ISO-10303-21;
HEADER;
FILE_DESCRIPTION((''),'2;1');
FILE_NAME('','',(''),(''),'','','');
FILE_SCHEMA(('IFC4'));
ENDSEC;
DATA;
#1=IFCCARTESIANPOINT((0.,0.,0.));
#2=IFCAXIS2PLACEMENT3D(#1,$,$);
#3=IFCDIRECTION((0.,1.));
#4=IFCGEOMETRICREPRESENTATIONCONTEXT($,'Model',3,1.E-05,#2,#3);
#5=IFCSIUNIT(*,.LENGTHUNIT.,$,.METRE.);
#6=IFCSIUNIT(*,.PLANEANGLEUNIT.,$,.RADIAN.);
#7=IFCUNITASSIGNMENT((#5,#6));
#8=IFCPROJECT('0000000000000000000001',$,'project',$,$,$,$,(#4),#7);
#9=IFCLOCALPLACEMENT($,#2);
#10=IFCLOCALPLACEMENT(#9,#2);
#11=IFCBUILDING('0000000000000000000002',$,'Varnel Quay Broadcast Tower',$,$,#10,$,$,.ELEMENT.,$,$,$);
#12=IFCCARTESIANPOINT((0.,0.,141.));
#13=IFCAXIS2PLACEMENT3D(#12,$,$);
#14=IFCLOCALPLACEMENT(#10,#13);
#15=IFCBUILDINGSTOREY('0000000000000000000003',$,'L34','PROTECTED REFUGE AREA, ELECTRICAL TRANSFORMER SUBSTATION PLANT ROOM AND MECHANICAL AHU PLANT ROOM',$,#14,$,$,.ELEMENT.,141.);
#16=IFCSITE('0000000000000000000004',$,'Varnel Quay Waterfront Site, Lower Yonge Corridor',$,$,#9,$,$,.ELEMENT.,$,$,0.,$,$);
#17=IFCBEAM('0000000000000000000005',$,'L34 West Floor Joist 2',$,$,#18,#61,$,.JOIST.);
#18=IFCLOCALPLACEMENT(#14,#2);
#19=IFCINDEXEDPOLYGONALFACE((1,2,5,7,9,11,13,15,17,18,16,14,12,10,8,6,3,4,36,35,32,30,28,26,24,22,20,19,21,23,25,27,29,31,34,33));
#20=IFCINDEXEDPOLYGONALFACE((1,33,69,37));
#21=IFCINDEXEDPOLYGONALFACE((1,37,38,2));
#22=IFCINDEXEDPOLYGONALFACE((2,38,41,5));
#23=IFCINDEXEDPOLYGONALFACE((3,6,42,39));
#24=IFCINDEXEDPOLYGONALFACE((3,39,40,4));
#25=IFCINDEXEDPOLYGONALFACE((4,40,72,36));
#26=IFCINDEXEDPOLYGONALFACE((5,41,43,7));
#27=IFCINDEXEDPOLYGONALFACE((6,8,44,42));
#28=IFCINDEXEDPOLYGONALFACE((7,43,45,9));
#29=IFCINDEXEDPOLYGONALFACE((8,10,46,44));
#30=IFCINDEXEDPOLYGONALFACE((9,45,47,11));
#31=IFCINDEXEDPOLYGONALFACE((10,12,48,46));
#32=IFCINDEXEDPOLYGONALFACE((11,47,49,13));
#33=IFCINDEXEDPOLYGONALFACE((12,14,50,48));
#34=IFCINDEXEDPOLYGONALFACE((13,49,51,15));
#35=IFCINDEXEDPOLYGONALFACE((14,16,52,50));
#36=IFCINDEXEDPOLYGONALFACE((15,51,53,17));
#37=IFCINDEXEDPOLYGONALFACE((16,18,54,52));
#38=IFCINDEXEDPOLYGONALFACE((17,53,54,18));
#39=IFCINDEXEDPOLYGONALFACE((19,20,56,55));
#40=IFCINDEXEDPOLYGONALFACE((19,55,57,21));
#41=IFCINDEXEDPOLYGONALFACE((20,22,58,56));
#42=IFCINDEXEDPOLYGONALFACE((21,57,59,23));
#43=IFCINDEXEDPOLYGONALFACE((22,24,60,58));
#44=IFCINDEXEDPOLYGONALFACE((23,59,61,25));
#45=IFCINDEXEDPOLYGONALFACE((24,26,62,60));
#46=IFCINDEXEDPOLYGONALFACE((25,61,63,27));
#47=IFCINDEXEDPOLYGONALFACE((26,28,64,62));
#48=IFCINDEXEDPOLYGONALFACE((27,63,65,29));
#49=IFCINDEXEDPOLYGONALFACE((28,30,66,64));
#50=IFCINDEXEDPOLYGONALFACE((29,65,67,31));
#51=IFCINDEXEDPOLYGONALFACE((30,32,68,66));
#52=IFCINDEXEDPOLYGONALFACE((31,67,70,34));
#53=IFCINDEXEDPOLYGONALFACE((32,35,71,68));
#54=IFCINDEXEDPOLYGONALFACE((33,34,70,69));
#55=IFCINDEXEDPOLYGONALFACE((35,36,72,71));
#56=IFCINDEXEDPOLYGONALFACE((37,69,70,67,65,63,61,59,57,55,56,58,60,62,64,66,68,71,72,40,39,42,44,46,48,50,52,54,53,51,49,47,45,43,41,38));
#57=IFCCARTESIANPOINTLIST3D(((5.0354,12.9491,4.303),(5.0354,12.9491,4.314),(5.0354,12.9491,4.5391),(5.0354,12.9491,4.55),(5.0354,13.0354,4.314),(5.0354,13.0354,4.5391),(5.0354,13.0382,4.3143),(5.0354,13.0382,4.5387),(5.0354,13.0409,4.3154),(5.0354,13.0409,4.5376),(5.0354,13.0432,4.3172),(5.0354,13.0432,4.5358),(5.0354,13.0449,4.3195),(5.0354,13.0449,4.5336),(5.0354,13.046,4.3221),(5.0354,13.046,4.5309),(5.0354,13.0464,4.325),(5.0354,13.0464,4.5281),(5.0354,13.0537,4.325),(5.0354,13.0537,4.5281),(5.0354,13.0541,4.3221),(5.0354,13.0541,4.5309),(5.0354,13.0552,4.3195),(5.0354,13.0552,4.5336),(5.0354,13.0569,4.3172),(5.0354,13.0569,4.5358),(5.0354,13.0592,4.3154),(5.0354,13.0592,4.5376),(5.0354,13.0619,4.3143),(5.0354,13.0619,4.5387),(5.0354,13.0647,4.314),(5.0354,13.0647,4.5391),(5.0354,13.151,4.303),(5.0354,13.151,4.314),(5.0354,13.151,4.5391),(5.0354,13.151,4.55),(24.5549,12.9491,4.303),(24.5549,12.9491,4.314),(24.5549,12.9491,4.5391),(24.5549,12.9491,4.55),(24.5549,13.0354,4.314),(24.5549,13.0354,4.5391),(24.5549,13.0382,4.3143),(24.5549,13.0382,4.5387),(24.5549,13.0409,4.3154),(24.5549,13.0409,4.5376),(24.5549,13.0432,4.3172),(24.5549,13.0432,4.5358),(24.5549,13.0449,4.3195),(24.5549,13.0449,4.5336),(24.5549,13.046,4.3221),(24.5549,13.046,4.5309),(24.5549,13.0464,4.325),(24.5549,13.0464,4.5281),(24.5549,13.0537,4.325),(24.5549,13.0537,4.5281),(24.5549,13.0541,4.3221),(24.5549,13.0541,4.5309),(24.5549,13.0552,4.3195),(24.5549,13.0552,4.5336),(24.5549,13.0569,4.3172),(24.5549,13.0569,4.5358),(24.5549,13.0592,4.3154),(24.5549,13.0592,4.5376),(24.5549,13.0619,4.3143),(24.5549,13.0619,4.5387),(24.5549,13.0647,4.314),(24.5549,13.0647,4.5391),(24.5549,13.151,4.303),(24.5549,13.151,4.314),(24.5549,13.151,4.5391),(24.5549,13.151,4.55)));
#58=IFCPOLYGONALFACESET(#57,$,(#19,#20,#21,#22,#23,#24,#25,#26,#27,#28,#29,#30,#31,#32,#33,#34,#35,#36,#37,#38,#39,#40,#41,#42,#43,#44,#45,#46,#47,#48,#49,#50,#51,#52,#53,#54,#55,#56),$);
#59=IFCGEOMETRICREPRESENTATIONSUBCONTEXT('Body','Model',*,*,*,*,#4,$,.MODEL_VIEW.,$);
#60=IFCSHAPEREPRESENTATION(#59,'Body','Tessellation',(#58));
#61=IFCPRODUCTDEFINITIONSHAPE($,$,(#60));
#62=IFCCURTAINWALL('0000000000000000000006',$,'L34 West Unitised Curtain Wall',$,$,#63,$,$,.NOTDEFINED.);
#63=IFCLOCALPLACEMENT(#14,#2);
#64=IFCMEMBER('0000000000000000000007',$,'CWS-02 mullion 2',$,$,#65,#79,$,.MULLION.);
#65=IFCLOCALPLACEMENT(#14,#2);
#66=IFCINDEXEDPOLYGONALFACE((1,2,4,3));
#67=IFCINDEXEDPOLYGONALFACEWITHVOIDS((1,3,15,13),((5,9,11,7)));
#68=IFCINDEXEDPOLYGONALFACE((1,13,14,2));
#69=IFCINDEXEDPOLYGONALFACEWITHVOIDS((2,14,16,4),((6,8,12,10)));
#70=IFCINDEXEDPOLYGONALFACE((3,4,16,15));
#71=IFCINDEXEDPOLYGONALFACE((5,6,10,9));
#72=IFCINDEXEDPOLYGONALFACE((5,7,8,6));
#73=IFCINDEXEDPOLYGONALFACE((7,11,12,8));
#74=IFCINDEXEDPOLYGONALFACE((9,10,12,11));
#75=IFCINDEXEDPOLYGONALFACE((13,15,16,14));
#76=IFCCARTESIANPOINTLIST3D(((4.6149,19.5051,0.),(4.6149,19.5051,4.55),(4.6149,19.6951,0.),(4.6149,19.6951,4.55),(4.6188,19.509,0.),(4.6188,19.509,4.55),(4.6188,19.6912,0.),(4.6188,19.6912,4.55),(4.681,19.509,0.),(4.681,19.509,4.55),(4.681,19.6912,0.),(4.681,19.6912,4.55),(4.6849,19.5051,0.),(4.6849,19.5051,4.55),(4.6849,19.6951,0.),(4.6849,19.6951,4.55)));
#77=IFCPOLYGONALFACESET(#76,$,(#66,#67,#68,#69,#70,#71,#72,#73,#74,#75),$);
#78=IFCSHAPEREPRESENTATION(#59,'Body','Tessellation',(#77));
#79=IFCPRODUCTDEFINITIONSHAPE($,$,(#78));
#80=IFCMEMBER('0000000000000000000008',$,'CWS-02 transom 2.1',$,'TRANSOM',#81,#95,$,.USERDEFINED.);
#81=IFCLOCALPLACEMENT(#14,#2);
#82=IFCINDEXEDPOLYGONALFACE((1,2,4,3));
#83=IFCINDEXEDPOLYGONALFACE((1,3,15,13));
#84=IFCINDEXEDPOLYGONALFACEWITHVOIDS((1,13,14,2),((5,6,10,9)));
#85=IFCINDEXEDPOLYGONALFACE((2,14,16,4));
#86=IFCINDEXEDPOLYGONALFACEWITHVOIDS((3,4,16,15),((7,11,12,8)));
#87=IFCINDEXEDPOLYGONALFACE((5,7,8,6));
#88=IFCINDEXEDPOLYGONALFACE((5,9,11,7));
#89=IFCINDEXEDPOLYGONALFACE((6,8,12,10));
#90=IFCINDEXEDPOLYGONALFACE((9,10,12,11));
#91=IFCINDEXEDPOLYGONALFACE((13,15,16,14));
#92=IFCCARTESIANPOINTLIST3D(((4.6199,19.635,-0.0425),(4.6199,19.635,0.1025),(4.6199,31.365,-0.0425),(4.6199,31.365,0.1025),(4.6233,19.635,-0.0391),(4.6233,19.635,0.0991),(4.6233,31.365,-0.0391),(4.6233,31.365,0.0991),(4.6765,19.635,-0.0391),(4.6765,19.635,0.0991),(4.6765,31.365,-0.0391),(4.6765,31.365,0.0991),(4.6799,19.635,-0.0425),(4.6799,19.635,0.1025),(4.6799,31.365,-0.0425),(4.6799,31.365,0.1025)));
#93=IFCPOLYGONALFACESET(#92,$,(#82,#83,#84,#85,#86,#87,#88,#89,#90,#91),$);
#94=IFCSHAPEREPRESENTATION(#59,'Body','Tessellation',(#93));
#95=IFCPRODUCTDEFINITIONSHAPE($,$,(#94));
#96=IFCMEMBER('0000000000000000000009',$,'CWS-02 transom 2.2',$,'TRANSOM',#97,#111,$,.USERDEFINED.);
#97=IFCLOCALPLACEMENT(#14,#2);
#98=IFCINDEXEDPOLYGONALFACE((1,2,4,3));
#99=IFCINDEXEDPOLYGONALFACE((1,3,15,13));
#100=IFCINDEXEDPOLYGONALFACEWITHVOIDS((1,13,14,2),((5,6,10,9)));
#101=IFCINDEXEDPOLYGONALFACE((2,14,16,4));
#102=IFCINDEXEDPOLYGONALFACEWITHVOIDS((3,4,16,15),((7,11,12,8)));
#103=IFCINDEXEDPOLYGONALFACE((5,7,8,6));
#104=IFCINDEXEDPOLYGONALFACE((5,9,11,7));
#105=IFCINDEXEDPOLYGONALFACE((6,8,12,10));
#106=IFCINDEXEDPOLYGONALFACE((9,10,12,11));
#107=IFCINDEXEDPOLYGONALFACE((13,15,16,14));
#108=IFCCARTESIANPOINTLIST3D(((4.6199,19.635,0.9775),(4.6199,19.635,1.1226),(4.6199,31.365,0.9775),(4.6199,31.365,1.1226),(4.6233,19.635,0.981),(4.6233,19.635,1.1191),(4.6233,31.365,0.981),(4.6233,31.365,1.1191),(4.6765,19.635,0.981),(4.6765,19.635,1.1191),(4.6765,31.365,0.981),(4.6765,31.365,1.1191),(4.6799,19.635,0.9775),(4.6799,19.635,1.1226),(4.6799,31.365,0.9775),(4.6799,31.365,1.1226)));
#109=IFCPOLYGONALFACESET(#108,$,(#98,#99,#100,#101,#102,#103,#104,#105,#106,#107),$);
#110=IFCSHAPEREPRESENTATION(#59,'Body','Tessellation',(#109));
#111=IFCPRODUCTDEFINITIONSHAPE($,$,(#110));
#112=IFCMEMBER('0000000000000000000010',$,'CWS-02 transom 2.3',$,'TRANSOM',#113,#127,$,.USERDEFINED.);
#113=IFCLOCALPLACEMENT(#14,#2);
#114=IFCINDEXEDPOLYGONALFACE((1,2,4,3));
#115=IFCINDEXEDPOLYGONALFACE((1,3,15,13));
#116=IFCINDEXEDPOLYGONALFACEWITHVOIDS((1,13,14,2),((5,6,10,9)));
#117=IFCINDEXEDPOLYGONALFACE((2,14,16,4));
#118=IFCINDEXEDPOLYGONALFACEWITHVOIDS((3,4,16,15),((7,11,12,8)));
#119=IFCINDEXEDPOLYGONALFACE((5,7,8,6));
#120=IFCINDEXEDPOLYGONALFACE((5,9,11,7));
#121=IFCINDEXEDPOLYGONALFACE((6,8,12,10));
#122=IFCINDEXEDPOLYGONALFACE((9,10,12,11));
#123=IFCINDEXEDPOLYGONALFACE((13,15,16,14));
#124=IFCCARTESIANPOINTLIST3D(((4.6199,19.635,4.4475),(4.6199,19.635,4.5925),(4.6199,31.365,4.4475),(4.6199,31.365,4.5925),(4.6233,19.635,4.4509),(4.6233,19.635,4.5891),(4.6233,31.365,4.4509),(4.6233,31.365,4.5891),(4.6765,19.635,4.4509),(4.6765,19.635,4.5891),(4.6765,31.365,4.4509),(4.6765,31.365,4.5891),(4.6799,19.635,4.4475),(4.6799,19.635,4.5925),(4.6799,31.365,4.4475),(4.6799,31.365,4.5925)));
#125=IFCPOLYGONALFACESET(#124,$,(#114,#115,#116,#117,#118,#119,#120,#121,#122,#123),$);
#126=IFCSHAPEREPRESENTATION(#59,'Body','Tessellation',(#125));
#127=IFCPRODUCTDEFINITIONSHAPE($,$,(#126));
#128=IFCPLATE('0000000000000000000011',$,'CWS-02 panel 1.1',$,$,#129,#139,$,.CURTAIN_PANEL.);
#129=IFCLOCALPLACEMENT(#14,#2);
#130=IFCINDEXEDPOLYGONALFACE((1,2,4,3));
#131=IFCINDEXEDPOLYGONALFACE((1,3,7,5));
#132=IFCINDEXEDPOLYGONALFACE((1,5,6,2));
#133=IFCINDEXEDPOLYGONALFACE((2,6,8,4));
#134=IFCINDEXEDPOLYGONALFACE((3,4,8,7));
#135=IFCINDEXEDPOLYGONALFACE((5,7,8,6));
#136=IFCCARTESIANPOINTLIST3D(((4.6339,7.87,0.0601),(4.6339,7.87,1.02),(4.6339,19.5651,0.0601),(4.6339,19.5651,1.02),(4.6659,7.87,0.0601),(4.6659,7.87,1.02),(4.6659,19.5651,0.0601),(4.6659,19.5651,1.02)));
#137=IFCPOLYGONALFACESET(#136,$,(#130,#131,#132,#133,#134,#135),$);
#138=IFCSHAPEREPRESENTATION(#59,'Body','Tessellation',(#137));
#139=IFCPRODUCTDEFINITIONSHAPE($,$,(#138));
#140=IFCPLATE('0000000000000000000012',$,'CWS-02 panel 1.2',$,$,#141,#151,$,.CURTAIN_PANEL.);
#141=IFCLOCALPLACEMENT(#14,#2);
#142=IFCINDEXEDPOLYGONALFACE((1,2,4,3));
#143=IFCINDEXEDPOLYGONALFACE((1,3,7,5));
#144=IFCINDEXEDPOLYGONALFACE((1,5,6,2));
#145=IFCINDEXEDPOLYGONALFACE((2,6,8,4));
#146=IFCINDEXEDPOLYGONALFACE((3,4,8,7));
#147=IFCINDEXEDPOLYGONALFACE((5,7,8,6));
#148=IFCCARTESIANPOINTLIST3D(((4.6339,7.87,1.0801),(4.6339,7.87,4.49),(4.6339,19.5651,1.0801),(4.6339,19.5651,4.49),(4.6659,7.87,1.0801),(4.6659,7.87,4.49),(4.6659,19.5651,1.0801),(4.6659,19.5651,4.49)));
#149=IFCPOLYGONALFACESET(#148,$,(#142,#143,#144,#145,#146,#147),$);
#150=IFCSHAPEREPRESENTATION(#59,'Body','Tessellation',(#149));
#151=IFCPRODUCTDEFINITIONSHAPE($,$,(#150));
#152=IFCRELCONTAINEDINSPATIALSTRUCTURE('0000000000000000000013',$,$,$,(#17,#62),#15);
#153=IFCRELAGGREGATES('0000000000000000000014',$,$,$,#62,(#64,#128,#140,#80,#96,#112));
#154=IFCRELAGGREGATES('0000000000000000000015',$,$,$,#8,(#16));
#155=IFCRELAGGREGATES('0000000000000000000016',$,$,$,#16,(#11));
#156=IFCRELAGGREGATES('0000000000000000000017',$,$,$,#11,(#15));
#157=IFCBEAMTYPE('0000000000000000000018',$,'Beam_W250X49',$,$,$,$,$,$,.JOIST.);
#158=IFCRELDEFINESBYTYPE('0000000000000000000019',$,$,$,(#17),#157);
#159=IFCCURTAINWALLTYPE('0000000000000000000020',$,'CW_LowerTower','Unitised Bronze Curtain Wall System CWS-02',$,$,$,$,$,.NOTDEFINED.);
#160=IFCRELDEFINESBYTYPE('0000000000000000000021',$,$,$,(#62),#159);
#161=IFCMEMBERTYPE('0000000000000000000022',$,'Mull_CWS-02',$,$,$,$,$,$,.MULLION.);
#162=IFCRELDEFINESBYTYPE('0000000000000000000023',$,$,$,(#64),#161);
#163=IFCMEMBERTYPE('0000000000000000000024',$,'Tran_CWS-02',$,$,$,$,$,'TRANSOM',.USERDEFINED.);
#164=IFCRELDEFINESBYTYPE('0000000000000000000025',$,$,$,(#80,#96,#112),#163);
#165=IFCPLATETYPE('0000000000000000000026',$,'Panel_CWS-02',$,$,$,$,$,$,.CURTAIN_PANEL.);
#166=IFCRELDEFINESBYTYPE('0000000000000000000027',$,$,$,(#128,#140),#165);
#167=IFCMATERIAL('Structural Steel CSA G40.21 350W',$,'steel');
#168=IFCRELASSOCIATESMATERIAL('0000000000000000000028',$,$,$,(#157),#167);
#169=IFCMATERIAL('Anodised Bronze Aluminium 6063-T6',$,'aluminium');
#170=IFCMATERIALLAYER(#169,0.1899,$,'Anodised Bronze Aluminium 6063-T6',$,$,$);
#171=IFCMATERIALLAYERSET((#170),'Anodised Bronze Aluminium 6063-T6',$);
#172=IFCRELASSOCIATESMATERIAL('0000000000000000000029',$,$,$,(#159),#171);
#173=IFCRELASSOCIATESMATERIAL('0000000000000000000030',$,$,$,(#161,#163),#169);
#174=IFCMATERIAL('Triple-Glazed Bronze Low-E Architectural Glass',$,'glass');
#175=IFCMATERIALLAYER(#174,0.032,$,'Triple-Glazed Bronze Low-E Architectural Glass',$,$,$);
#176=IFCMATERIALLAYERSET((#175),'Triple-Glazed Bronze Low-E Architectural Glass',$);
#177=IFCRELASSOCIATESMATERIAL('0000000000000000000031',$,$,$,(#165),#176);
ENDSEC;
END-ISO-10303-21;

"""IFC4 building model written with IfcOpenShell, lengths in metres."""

from ifc_helpers import new_model, si_unit, direction, frame, origin, origin_2d, place, context, subcontext, project, spatial, rectangle, hollow_rectangle, i_section, extrude, source, transform, mapped, material, layer, layer_set, material_profile, profile_set, type_object, type_shapes, element, aggregate, save


model = new_model("IFC4")

# Units and contexts
model_context = context("Model", 3, precision=1e-05, world=origin(), true_north=direction((0.0, 1.0)))
body_context = subcontext(model_context, "Body", "Model", "MODEL_VIEW")
ifc_project = project(units=[si_unit("LENGTHUNIT", "METRE"), si_unit("PLANEANGLEUNIT", "RADIAN")], contexts=[model_context])

# Site, building, storey
site_placement = place(None, origin())
site = spatial("IfcSite", under=ifc_project, at=site_placement, Name="Varnel Quay Waterfront Site, Lower Yonge Corridor", CompositionType="ELEMENT", RefElevation=0.0)
building_placement = place(site_placement, origin())
building = spatial("IfcBuilding", under=site, at=building_placement, Name="Varnel Quay Broadcast Tower", CompositionType="ELEMENT")
storey_placement = place(building_placement, frame((0.0, 0.0, 141.0)))
storey = spatial("IfcBuildingStorey", under=building, at=storey_placement, Name="L34", Description="PROTECTED REFUGE AREA, ELECTRICAL TRANSFORMER SUBSTATION PLANT ROOM AND MECHANICAL AHU PLANT ROOM", CompositionType="ELEMENT", Elevation=141.0)

# Shared definitions
ifc_material_1 = material(Name="Structural Steel CSA G40.21 350W", Category="steel")

# Beam
ifc_material_profile_1 = material_profile(ifc_material_1, i_section(OverallWidth=0.2019, OverallDepth=0.2471, WebThickness=0.0073, FlangeThickness=0.011, FilletRadius=0.011, at=origin_2d()), Name="W250X49")
ifc_profile_set_1 = profile_set([ifc_material_profile_1], Name="Structural Steel CSA G40.21 350W")
beam_type_1 = type_object("IfcBeamType", Name="Beam_W250X49", PredefinedType="JOIST", material=ifc_profile_set_1)
shared_shape_1 = source(origin(), body_context, "Body", "SweptSolid", [
    extrude(i_section(OverallWidth=0.2019, OverallDepth=0.2471, WebThickness=0.0073, FlangeThickness=0.011, FilletRadius=0.011, at=origin_2d()), origin(), (0.0, 0.0, 1.0), 19.5195),
])
type_shapes(beam_type_1, [shared_shape_1])
beam_1_placement = place(storey_placement, frame((5.0354, 13.05, 4.4265), z_axis=(1.0, 0.0, 0.0), x_axis=(0.0, 1.0, 0.0)))
element("IfcBeam", 1, at=beam_1_placement, inside=storey, type_object=beam_type_1, Name="L34 West Floor Joist 2", PredefinedType="JOIST", context=body_context, shape_type="MappedRepresentation", body=[
    mapped(shared_shape_1, transform((0.0, 0.0, 0.0), x_axis=(1.0, 0.0, 0.0), y_axis=(0.0, 1.0, 0.0), z_axis=(0.0, 0.0, 1.0), scale=1.0)),
])

# Curtain wall, members, plates
ifc_material_2 = material(Name="Anodised Bronze Aluminium 6063-T6", Category="aluminium")
ifc_layer_1 = layer(ifc_material_2, 0.1899, Name="Anodised Bronze Aluminium 6063-T6")
ifc_layer_set_1 = layer_set([ifc_layer_1], Name="Anodised Bronze Aluminium 6063-T6")
curtain_wall_type = type_object("IfcCurtainWallType", Name="CW_LowerTower", Description="Unitised Bronze Curtain Wall System CWS-02", PredefinedType="NOTDEFINED", material=ifc_layer_set_1)
curtain_wall_placement = place(storey_placement, origin())
curtain_wall = element("IfcCurtainWall", 2, at=curtain_wall_placement, inside=storey, type_object=curtain_wall_type, Name="L34 West Unitised Curtain Wall", PredefinedType="NOTDEFINED")
ifc_material_profile_2 = material_profile(ifc_material_2, hollow_rectangle(XDim=0.0701, YDim=0.1899, WallThickness=0.0039, at=origin_2d()), Name="ALU70X190X4")
ifc_profile_set_2 = profile_set([ifc_material_profile_2], Name="Anodised Bronze Aluminium 6063-T6")
member_type_1 = type_object("IfcMemberType", Name="Mull_CWS-02", PredefinedType="MULLION", material=ifc_profile_set_2)
shared_shape_2 = source(origin(), body_context, "Body", "SweptSolid", [
    extrude(hollow_rectangle(XDim=0.0701, YDim=0.1899, WallThickness=0.0039, at=origin_2d()), origin(), (0.0, 0.0, 1.0), 4.55),
])
type_shapes(member_type_1, [shared_shape_2])
member_1_placement = place(storey_placement, frame((4.6499, 19.6001, 0.0), z_axis=(0.0, 0.0, 1.0), x_axis=(-1.0, 0.0, 0.0)))
member_1 = element("IfcMember", 3, at=member_1_placement, type_object=member_type_1, Name="CWS-02 mullion 2", PredefinedType="MULLION", context=body_context, shape_type="MappedRepresentation", body=[
    mapped(shared_shape_2, transform((0.0, 0.0, 0.0), x_axis=(1.0, 0.0, 0.0), y_axis=(0.0, 1.0, 0.0), z_axis=(0.0, 0.0, 1.0), scale=1.0)),
])
ifc_material_profile_3 = material_profile(ifc_material_2, hollow_rectangle(XDim=0.0601, YDim=0.145, WallThickness=0.0034, at=origin_2d()), Name="ALU60X145X3.5")
ifc_profile_set_3 = profile_set([ifc_material_profile_3], Name="Anodised Bronze Aluminium 6063-T6")
member_type_2 = type_object("IfcMemberType", Name="Tran_CWS-02", ElementType="TRANSOM", PredefinedType="USERDEFINED", material=ifc_profile_set_3)
shared_shape_3 = source(origin(), body_context, "Body", "SweptSolid", [
    extrude(hollow_rectangle(XDim=0.0601, YDim=0.145, WallThickness=0.0034, at=origin_2d()), origin(), (0.0, 0.0, 1.0), 11.73),
])
type_shapes(member_type_2, [shared_shape_3])
member_2_placement = place(storey_placement, frame((4.6499, 19.635, 0.03), z_axis=(0.0, 1.0, 0.0), x_axis=(-1.0, 0.0, 0.0)))
member_2 = element("IfcMember", 4, at=member_2_placement, type_object=member_type_2, Name="CWS-02 transom 2.1", ObjectType="TRANSOM", PredefinedType="USERDEFINED", context=body_context, shape_type="MappedRepresentation", body=[
    mapped(shared_shape_3, transform((0.0, 0.0, 0.0), x_axis=(1.0, 0.0, 0.0), y_axis=(0.0, 1.0, 0.0), z_axis=(0.0, 0.0, 1.0), scale=1.0)),
])
member_3_placement = place(storey_placement, frame((4.6499, 19.635, 1.05), z_axis=(0.0, 1.0, 0.0), x_axis=(-1.0, 0.0, 0.0)))
member_3 = element("IfcMember", 5, at=member_3_placement, type_object=member_type_2, Name="CWS-02 transom 2.2", ObjectType="TRANSOM", PredefinedType="USERDEFINED", context=body_context, shape_type="MappedRepresentation", body=[
    mapped(shared_shape_3, transform((0.0, 0.0, 0.0), x_axis=(1.0, 0.0, 0.0), y_axis=(0.0, 1.0, 0.0), z_axis=(0.0, 0.0, 1.0), scale=1.0)),
])
member_4_placement = place(storey_placement, frame((4.6499, 19.635, 4.52), z_axis=(0.0, 1.0, 0.0), x_axis=(-1.0, 0.0, 0.0)))
member_4 = element("IfcMember", 6, at=member_4_placement, type_object=member_type_2, Name="CWS-02 transom 2.3", ObjectType="TRANSOM", PredefinedType="USERDEFINED", context=body_context, shape_type="MappedRepresentation", body=[
    mapped(shared_shape_3, transform((0.0, 0.0, 0.0), x_axis=(1.0, 0.0, 0.0), y_axis=(0.0, 1.0, 0.0), z_axis=(0.0, 0.0, 1.0), scale=1.0)),
])
ifc_material_3 = material(Name="Triple-Glazed Bronze Low-E Architectural Glass", Category="glass")
ifc_layer_2 = layer(ifc_material_3, 0.032, Name="Triple-Glazed Bronze Low-E Architectural Glass")
ifc_layer_set_2 = layer_set([ifc_layer_2], Name="Triple-Glazed Bronze Low-E Architectural Glass")
plate_type = type_object("IfcPlateType", Name="Panel_CWS-02", PredefinedType="CURTAIN_PANEL", material=ifc_layer_set_2)
shared_shape_4 = source(origin(), body_context, "Body", "SweptSolid", [
    extrude(rectangle(XDim=11.6951, YDim=0.032, at=origin_2d()), origin(), (0.0, 0.0, 1.0), 0.96),
])
plate_1_placement = place(storey_placement, frame((4.6499, 13.7175, 0.0601), z_axis=(0.0, 0.0, 1.0), x_axis=(0.0, 1.0, 0.0)))
plate_1 = element("IfcPlate", 7, at=plate_1_placement, type_object=plate_type, Name="CWS-02 panel 1.1", PredefinedType="CURTAIN_PANEL", context=body_context, shape_type="MappedRepresentation", body=[
    mapped(shared_shape_4, transform((0.0, 0.0, 0.0), x_axis=(1.0, 0.0, 0.0), y_axis=(0.0, 1.0, 0.0), z_axis=(0.0, 0.0, 1.0), scale=1.0)),
])
shared_shape_5 = source(origin(), body_context, "Body", "SweptSolid", [
    extrude(rectangle(XDim=11.6951, YDim=0.032, at=origin_2d()), origin(), (0.0, 0.0, 1.0), 3.4099),
])
type_shapes(plate_type, [shared_shape_4, shared_shape_5])
plate_2_placement = place(storey_placement, frame((4.6499, 13.7175, 1.0801), z_axis=(0.0, 0.0, 1.0), x_axis=(0.0, 1.0, 0.0)))
plate_2 = element("IfcPlate", 8, at=plate_2_placement, type_object=plate_type, Name="CWS-02 panel 1.2", PredefinedType="CURTAIN_PANEL", context=body_context, shape_type="MappedRepresentation", body=[
    mapped(shared_shape_5, transform((0.0, 0.0, 0.0), x_axis=(1.0, 0.0, 0.0), y_axis=(0.0, 1.0, 0.0), z_axis=(0.0, 0.0, 1.0), scale=1.0)),
])
aggregate(curtain_wall, [member_1, plate_1, plate_2, member_2, member_3, member_4])

save(model, "model.ifc")
